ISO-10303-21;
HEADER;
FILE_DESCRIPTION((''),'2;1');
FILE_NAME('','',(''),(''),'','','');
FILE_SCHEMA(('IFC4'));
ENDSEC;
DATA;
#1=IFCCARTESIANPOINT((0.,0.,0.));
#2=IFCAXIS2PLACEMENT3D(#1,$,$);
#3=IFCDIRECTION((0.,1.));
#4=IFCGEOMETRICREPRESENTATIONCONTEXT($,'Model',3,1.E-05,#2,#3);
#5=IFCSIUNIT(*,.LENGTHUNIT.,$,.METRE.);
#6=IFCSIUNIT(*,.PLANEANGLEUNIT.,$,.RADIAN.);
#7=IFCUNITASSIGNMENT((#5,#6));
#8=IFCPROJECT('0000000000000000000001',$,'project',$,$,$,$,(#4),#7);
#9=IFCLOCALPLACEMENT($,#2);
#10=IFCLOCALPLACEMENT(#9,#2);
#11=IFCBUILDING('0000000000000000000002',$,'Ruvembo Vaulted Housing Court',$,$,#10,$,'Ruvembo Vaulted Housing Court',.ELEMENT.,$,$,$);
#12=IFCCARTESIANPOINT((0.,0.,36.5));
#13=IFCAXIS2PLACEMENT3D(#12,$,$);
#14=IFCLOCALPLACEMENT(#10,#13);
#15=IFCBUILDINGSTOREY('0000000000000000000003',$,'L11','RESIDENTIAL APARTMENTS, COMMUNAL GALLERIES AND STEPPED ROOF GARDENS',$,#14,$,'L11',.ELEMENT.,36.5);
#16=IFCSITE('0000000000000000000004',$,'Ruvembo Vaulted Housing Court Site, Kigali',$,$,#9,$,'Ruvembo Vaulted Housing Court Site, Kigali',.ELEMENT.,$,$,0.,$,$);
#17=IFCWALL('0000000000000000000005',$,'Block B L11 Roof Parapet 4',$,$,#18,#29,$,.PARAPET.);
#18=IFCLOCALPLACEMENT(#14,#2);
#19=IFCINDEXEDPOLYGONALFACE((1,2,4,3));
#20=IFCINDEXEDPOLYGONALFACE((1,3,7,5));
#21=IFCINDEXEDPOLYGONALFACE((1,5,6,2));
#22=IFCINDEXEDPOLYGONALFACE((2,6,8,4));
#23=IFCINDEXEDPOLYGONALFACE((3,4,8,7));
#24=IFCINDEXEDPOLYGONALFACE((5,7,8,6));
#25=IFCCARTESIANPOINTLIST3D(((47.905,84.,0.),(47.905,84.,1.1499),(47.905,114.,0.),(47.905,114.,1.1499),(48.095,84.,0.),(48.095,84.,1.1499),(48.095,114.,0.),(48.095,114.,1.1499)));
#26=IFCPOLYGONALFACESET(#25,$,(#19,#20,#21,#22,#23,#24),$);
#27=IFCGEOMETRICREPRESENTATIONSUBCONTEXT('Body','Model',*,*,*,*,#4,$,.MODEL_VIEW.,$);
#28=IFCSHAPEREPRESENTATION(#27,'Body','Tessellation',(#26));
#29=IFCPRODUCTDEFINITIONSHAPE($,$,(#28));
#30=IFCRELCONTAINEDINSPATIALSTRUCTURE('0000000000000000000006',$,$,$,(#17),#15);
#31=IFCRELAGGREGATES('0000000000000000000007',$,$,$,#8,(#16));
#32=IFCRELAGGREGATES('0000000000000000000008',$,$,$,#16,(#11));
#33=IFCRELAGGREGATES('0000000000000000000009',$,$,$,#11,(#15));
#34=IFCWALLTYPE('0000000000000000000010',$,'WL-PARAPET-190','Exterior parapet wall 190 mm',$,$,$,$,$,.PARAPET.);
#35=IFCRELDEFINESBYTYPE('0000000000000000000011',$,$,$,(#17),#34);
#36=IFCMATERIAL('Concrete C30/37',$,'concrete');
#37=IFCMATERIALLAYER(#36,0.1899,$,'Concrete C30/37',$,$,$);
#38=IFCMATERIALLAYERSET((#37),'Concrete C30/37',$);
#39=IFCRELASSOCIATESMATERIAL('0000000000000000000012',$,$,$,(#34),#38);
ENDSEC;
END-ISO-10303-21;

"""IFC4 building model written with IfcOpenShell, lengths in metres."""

from ifc_helpers import new_model, si_unit, direction, frame, frame_2d, origin, place, context, subcontext, project, spatial, rectangle, extrude, material, layer, layer_set, type_object, element, save


model = new_model("IFC4")

# Units and contexts
model_context = context("Model", 3, precision=1e-05, world=origin(), true_north=direction((0.0, 1.0)))
body_context = subcontext(model_context, "Body", "Model", "MODEL_VIEW")
ifc_project = project(units=[si_unit("LENGTHUNIT", "METRE"), si_unit("PLANEANGLEUNIT", "RADIAN")], contexts=[model_context])

# Site, building, storey
site_placement = place(None, origin())
site = spatial("IfcSite", under=ifc_project, at=site_placement, Name="Ruvembo Vaulted Housing Court Site, Kigali", LongName="Ruvembo Vaulted Housing Court Site, Kigali", CompositionType="ELEMENT", RefElevation=0.0)
building_placement = place(site_placement, origin())
building = spatial("IfcBuilding", under=site, at=building_placement, Name="Ruvembo Vaulted Housing Court", LongName="Ruvembo Vaulted Housing Court", CompositionType="ELEMENT")
storey_placement = place(building_placement, frame((0.0, 0.0, 36.5)))
storey = spatial("IfcBuildingStorey", under=building, at=storey_placement, Name="L11", Description="RESIDENTIAL APARTMENTS, COMMUNAL GALLERIES AND STEPPED ROOF GARDENS", LongName="L11", CompositionType="ELEMENT", Elevation=36.5)

# Wall
ifc_material_1 = material(Name="Concrete C30/37", Category="concrete")
ifc_layer_1 = layer(ifc_material_1, 0.1899, Name="Concrete C30/37")
ifc_layer_set_1 = layer_set([ifc_layer_1], Name="Concrete C30/37")
wall_type_1 = type_object("IfcWallType", Name="WL-PARAPET-190", Description="Exterior parapet wall 190 mm", PredefinedType="PARAPET", material=ifc_layer_set_1)
for number, where, z_axis, x_axis, name in (
    (1, (48.0, 114.0, 0.0), (0.0, 0.0, 1.0), (0.0, -1.0, 0.0), "Block B L11 Roof Parapet 4"),
):
    element("IfcWall", number, at=place(storey_placement, frame(where, z_axis=z_axis, x_axis=x_axis)), inside=storey, type_object=wall_type_1, Name=name, PredefinedType="PARAPET", context=body_context, shape_type="SweptSolid", body=[
        extrude(rectangle(XDim=30.0, YDim=0.1899, at=frame_2d((15.0, 0.0))), origin(), (0.0, 0.0, 1.0), 1.1499),
    ])

save(model, "model.ifc")
